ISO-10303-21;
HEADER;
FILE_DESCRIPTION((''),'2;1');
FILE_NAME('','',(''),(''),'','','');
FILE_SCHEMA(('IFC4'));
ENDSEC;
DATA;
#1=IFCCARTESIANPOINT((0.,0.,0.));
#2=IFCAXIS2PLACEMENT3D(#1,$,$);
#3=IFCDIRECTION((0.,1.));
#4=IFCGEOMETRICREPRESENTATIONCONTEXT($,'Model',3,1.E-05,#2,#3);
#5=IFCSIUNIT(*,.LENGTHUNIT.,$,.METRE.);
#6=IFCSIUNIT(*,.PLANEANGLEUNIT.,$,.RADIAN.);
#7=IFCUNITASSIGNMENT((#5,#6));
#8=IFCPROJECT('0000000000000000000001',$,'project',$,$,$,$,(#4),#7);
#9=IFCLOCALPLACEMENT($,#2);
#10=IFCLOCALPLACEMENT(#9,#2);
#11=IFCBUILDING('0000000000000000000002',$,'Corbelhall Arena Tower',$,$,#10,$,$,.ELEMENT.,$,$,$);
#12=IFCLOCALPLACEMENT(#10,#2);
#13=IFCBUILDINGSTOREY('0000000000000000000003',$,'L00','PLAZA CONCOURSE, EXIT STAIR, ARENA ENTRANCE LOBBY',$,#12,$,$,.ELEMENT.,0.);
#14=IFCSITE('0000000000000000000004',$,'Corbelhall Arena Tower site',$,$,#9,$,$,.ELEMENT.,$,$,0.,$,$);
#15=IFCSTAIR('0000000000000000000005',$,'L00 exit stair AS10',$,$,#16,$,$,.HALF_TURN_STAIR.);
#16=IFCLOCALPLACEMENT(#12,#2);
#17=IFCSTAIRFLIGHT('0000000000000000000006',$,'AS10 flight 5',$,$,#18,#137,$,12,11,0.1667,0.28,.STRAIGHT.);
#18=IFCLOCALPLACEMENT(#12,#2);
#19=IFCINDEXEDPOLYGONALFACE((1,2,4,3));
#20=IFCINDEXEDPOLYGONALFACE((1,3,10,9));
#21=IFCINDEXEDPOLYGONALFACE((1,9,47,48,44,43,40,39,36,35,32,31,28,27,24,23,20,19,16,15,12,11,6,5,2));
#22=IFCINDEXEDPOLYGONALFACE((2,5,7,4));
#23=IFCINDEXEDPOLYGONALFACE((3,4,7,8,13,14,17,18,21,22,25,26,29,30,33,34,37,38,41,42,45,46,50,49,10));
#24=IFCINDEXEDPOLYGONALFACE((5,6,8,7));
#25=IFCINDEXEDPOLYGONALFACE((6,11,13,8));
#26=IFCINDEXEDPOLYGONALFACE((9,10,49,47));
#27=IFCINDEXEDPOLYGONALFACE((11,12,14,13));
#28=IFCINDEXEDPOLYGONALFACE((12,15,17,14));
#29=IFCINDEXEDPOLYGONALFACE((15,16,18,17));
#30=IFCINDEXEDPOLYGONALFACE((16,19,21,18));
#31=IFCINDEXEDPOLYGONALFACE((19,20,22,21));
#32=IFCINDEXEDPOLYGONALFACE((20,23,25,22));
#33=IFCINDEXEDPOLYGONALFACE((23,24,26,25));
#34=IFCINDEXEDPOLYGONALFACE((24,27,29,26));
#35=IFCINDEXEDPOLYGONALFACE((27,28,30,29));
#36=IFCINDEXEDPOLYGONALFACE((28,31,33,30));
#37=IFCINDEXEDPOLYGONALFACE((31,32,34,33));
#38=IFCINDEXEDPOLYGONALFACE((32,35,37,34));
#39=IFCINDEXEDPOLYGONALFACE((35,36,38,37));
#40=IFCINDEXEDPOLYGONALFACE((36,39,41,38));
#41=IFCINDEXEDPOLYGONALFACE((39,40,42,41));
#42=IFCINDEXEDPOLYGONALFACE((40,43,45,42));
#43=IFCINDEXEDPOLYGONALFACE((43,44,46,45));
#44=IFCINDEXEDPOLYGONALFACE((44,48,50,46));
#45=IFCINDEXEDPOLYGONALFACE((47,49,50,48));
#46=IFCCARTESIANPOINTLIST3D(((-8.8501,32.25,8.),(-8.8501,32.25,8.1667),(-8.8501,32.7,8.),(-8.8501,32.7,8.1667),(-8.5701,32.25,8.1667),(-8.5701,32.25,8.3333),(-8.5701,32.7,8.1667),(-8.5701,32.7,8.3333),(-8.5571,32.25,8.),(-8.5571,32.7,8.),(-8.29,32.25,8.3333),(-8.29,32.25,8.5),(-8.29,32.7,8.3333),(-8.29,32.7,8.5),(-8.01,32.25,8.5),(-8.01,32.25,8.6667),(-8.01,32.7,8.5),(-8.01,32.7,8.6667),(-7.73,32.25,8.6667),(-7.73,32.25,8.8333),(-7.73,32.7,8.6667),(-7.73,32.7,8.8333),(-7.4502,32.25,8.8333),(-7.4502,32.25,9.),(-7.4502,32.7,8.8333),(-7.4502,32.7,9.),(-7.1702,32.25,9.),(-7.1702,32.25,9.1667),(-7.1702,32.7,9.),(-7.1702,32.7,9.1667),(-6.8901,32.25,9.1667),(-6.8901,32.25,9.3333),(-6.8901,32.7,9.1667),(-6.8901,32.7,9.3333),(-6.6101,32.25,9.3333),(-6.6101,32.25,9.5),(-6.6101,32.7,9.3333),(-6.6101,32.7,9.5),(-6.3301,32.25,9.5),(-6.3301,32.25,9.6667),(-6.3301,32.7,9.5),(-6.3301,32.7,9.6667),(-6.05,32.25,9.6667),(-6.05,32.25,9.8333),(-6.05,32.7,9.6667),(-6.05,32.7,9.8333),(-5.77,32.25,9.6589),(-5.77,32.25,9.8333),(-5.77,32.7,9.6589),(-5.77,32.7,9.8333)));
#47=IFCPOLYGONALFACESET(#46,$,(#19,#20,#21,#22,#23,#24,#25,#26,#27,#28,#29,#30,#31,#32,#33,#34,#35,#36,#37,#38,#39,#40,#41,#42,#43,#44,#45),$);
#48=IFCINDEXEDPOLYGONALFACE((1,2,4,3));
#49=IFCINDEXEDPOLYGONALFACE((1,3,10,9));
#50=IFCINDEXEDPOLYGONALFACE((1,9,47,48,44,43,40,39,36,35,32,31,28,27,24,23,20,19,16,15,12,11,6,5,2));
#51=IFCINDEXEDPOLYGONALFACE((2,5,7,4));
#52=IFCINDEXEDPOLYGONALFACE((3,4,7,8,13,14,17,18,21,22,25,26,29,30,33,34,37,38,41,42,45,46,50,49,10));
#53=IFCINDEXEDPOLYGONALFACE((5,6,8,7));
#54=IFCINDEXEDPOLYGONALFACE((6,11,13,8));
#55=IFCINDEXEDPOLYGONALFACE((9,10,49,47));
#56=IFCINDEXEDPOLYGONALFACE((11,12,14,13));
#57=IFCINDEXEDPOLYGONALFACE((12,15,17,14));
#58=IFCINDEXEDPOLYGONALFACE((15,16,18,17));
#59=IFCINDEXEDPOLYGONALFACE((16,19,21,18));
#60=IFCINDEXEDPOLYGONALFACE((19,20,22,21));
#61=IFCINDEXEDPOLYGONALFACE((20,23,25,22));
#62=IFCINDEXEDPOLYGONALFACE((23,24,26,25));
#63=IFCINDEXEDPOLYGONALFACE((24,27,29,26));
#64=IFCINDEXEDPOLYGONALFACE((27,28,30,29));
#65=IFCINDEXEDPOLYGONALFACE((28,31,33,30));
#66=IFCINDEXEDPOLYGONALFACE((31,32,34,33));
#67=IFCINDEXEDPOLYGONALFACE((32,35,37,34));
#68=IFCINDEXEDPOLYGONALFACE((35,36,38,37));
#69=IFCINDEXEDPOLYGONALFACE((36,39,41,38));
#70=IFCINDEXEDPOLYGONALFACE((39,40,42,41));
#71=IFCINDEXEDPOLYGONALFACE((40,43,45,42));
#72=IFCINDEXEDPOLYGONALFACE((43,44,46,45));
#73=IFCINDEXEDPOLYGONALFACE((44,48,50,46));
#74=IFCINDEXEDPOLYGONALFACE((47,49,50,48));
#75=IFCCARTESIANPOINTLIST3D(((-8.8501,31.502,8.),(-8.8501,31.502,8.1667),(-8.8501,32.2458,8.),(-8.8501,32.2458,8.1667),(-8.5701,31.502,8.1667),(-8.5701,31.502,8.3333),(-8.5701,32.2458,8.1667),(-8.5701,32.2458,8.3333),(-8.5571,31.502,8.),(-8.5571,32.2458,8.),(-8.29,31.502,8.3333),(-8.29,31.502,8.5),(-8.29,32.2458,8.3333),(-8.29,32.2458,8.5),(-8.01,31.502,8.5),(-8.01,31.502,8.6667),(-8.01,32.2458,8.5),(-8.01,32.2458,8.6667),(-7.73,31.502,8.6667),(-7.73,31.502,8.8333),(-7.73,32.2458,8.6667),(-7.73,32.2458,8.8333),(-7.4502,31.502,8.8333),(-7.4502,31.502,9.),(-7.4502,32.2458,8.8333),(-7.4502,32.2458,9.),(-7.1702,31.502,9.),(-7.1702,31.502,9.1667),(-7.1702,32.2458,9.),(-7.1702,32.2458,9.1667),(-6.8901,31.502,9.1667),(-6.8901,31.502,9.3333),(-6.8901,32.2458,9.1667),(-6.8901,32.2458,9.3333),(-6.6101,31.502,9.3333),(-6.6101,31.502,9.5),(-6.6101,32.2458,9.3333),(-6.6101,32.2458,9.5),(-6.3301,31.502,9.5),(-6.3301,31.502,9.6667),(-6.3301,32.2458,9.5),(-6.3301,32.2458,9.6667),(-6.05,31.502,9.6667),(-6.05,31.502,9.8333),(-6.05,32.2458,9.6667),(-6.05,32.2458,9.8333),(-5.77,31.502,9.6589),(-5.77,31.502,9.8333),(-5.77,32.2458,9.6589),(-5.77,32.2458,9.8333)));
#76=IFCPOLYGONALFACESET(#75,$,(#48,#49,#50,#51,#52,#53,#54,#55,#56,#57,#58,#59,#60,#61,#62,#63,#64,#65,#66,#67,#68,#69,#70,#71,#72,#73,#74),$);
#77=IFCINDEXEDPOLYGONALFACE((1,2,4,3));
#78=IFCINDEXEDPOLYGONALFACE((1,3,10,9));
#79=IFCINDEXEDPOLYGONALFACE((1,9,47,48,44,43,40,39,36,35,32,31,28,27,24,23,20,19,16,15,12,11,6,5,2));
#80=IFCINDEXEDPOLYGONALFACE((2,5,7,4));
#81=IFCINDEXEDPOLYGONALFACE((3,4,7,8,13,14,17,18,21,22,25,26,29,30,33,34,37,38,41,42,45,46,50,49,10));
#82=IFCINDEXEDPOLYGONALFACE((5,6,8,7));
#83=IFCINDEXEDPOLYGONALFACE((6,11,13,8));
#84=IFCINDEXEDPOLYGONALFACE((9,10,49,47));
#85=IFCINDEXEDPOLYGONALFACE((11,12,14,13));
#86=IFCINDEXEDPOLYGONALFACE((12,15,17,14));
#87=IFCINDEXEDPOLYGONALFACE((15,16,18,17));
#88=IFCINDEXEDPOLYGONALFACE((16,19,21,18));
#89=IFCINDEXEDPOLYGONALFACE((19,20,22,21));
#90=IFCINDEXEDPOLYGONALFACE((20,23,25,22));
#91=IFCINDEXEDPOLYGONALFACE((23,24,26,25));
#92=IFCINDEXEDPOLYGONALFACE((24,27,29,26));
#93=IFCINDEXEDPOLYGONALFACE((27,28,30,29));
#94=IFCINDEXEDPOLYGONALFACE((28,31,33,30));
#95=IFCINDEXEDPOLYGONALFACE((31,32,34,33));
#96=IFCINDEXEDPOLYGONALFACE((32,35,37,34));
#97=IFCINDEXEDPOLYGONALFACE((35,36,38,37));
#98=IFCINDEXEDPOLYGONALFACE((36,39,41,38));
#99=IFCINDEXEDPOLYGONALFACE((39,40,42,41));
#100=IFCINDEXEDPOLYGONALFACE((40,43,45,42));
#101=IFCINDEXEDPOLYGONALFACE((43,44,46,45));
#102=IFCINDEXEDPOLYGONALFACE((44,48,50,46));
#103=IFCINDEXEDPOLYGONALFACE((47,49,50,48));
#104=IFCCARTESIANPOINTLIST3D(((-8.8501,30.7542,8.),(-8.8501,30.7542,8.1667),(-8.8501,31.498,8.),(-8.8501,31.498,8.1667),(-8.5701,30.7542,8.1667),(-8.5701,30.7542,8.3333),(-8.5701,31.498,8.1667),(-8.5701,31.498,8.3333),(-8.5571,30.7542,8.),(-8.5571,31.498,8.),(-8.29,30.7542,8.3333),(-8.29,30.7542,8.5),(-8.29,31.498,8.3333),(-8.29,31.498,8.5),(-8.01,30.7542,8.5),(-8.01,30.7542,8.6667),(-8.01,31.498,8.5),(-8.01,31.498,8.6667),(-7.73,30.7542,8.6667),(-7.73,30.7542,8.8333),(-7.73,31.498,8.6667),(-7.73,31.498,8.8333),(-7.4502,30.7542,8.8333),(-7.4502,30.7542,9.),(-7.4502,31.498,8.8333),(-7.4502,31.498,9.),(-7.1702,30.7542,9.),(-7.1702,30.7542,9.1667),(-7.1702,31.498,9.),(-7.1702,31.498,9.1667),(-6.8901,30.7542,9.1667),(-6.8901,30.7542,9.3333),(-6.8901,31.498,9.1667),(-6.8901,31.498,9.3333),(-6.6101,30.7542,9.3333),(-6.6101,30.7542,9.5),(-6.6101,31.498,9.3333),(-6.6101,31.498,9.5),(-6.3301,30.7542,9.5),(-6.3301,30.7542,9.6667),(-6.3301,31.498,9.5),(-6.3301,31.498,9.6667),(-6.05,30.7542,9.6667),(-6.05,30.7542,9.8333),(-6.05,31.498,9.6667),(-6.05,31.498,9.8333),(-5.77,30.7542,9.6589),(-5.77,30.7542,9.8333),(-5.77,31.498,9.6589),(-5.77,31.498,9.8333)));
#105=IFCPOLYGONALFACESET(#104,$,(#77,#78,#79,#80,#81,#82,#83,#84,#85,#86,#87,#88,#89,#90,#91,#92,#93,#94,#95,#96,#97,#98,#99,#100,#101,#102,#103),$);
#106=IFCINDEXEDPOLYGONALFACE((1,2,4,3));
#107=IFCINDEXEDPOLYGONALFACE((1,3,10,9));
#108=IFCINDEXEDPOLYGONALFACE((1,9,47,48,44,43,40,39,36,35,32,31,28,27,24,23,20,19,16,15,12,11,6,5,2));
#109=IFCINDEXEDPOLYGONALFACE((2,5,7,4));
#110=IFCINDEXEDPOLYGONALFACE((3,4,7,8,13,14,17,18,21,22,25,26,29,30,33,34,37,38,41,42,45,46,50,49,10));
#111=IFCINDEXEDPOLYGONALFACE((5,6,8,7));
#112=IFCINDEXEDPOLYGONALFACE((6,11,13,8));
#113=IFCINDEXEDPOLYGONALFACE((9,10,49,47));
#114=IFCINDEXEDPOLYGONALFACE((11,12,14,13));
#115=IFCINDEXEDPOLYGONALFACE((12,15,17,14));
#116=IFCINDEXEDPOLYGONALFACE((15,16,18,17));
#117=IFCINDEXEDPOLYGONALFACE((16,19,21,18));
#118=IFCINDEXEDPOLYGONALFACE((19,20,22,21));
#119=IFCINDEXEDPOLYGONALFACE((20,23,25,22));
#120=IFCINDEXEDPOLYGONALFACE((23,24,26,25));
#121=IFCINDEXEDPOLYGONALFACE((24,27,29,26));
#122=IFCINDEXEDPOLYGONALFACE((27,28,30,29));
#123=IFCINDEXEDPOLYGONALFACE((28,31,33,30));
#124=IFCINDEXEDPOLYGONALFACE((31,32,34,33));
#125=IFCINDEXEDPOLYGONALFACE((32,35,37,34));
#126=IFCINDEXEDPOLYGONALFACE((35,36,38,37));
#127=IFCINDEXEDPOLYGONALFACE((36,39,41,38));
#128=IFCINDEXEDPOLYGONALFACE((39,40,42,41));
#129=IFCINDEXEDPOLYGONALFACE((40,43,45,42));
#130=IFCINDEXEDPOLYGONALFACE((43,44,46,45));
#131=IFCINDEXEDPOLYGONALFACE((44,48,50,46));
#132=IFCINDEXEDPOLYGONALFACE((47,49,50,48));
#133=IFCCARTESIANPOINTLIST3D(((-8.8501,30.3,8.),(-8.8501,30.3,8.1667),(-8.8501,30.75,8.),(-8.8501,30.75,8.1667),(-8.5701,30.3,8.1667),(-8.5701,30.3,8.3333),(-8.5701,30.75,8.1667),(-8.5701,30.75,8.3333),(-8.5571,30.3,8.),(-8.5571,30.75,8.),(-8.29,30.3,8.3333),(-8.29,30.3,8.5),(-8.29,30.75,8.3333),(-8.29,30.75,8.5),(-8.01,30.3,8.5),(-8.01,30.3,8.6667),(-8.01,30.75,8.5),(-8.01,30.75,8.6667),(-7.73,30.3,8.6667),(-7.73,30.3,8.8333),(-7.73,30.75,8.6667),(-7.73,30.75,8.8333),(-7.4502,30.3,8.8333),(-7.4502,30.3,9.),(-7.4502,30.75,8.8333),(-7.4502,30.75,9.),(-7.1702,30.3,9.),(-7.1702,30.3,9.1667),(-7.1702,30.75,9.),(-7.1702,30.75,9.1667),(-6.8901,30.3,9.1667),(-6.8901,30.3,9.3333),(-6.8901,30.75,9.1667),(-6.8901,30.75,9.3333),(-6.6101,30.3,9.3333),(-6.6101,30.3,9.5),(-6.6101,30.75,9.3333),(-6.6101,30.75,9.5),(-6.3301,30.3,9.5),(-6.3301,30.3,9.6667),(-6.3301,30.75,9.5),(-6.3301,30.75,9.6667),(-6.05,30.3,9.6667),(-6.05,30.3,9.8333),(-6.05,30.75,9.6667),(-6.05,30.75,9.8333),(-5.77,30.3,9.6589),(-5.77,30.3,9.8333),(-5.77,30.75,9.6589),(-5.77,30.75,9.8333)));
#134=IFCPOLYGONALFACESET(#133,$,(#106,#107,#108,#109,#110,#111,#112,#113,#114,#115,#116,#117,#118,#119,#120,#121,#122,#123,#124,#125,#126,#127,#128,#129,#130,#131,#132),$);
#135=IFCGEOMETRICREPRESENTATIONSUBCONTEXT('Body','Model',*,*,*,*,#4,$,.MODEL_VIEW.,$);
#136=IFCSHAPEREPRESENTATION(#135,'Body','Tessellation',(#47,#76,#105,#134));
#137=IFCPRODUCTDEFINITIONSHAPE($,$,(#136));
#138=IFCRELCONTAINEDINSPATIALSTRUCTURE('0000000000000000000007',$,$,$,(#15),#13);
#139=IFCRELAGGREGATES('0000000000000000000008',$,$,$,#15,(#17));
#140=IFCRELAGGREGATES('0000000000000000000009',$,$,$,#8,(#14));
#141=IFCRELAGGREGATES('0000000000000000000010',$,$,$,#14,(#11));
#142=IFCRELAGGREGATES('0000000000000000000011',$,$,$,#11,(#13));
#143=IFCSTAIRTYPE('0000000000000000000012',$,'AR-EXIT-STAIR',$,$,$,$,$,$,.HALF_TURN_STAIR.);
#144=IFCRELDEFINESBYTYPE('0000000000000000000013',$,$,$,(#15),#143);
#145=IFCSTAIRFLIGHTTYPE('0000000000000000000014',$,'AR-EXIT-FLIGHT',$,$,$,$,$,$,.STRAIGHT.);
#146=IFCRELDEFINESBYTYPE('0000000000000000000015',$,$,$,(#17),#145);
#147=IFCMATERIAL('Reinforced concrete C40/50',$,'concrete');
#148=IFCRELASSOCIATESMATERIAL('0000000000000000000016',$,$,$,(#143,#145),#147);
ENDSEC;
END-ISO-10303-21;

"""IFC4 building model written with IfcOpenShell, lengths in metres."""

from ifc_helpers import new_model, si_unit, direction, frame, origin, place, context, subcontext, project, spatial, polyline, outline, extrude, material, type_object, element, aggregate, save


model = new_model("IFC4")

# Units and contexts
model_context = context("Model", 3, precision=1e-05, world=origin(), true_north=direction((0.0, 1.0)))
body_context = subcontext(model_context, "Body", "Model", "MODEL_VIEW")
ifc_project = project(units=[si_unit("LENGTHUNIT", "METRE"), si_unit("PLANEANGLEUNIT", "RADIAN")], contexts=[model_context])

# Site, building, storey
site_placement = place(None, origin())
site = spatial("IfcSite", under=ifc_project, at=site_placement, Name="Corbelhall Arena Tower site", CompositionType="ELEMENT", RefElevation=0.0)
building_placement = place(site_placement, origin())
building = spatial("IfcBuilding", under=site, at=building_placement, Name="Corbelhall Arena Tower", CompositionType="ELEMENT")
storey_placement = place(building_placement, origin())
storey = spatial("IfcBuildingStorey", under=building, at=storey_placement, Name="L00", Description="PLAZA CONCOURSE, EXIT STAIR, ARENA ENTRANCE LOBBY", CompositionType="ELEMENT", Elevation=0.0)

# Shared definitions
ifc_material_1 = material(Name="Reinforced concrete C40/50", Category="concrete")

# Stair, stair flight
stair_type = type_object("IfcStairType", Name="AR-EXIT-STAIR", PredefinedType="HALF_TURN_STAIR", material=ifc_material_1)
stair_placement = place(storey_placement, origin())
stair = element("IfcStair", 1, at=stair_placement, inside=storey, type_object=stair_type, Name="L00 exit stair AS10", PredefinedType="HALF_TURN_STAIR")
stair_flight_type = type_object("IfcStairFlightType", Name="AR-EXIT-FLIGHT", PredefinedType="STRAIGHT", material=ifc_material_1)
stair_flight_1_placement = place(storey_placement, frame((-8.8501, 31.5, 8.0), z_axis=(0.0, 0.0, 1.0), x_axis=(1.0, 0.0, 0.0)))
stair_flight_1 = element("IfcStairFlight", 2, at=stair_flight_1_placement, type_object=stair_flight_type, Name="AS10 flight 5", NumberOfRisers=12, NumberOfTreads=11, PredefinedType="STRAIGHT", RiserHeight=0.1667, TreadLength=0.28, context=body_context, shape_type="SweptSolid", body=[
    extrude(outline(polyline([(0.0, 0.0), (0.0, 0.1667), (0.28, 0.1667), (0.28, 0.3333), (0.5601, 0.3333), (0.5601, 0.5), (0.8401, 0.5), (0.8401, 0.6667), (1.1201, 0.6667), (1.1201, 0.8333), (1.3999, 0.8333), (1.3999, 1.0), (1.6799, 1.0), (1.6799, 1.1667), (1.96, 1.1667), (1.96, 1.3333), (2.24, 1.3333), (2.24, 1.5), (2.52, 1.5), (2.52, 1.6667), (2.8, 1.6667), (2.8, 1.8333), (3.0801, 1.8333), (3.0801, 2.0), (3.0801, 1.6589), (0.293, 0.0), (0.0, 0.0)])), frame((0.0, 1.2, 0.0), z_axis=(0.0, -1.0, 0.0), x_axis=(1.0, 0.0, 0.0)), (0.0, 0.0, 1.0), 0.45),
    extrude(outline(polyline([(0.0, 0.0), (0.0, 0.1667), (0.28, 0.1667), (0.28, 0.3333), (0.5601, 0.3333), (0.5601, 0.5), (0.8401, 0.5), (0.8401, 0.6667), (1.1201, 0.6667), (1.1201, 0.8333), (1.3999, 0.8333), (1.3999, 1.0), (1.6799, 1.0), (1.6799, 1.1667), (1.96, 1.1667), (1.96, 1.3333), (2.24, 1.3333), (2.24, 1.5), (2.52, 1.5), (2.52, 1.6667), (2.8, 1.6667), (2.8, 1.8333), (3.0801, 1.8333), (3.0801, 2.0), (3.0801, 1.6589), (0.293, 0.0), (0.0, 0.0)])), frame((0.0, 0.7458, 0.0), z_axis=(0.0, -1.0, 0.0), x_axis=(1.0, 0.0, 0.0)), (0.0, 0.0, 1.0), 0.7439),
    extrude(outline(polyline([(0.0, 0.0), (0.0, 0.1667), (0.28, 0.1667), (0.28, 0.3333), (0.5601, 0.3333), (0.5601, 0.5), (0.8401, 0.5), (0.8401, 0.6667), (1.1201, 0.6667), (1.1201, 0.8333), (1.3999, 0.8333), (1.3999, 1.0), (1.6799, 1.0), (1.6799, 1.1667), (1.96, 1.1667), (1.96, 1.3333), (2.24, 1.3333), (2.24, 1.5), (2.52, 1.5), (2.52, 1.6667), (2.8, 1.6667), (2.8, 1.8333), (3.0801, 1.8333), (3.0801, 2.0), (3.0801, 1.6589), (0.293, 0.0), (0.0, 0.0)])), frame((0.0, -0.002, 0.0), z_axis=(0.0, -1.0, 0.0), x_axis=(1.0, 0.0, 0.0)), (0.0, 0.0, 1.0), 0.7439),
    extrude(outline(polyline([(0.0, 0.0), (0.0, 0.1667), (0.28, 0.1667), (0.28, 0.3333), (0.5601, 0.3333), (0.5601, 0.5), (0.8401, 0.5), (0.8401, 0.6667), (1.1201, 0.6667), (1.1201, 0.8333), (1.3999, 0.8333), (1.3999, 1.0), (1.6799, 1.0), (1.6799, 1.1667), (1.96, 1.1667), (1.96, 1.3333), (2.24, 1.3333), (2.24, 1.5), (2.52, 1.5), (2.52, 1.6667), (2.8, 1.6667), (2.8, 1.8333), (3.0801, 1.8333), (3.0801, 2.0), (3.0801, 1.6589), (0.293, 0.0), (0.0, 0.0)])), frame((0.0, -0.75, 0.0), z_axis=(0.0, -1.0, 0.0), x_axis=(1.0, 0.0, 0.0)), (0.0, 0.0, 1.0), 0.45),
])
aggregate(stair, [stair_flight_1])

save(model, "model.ifc")
